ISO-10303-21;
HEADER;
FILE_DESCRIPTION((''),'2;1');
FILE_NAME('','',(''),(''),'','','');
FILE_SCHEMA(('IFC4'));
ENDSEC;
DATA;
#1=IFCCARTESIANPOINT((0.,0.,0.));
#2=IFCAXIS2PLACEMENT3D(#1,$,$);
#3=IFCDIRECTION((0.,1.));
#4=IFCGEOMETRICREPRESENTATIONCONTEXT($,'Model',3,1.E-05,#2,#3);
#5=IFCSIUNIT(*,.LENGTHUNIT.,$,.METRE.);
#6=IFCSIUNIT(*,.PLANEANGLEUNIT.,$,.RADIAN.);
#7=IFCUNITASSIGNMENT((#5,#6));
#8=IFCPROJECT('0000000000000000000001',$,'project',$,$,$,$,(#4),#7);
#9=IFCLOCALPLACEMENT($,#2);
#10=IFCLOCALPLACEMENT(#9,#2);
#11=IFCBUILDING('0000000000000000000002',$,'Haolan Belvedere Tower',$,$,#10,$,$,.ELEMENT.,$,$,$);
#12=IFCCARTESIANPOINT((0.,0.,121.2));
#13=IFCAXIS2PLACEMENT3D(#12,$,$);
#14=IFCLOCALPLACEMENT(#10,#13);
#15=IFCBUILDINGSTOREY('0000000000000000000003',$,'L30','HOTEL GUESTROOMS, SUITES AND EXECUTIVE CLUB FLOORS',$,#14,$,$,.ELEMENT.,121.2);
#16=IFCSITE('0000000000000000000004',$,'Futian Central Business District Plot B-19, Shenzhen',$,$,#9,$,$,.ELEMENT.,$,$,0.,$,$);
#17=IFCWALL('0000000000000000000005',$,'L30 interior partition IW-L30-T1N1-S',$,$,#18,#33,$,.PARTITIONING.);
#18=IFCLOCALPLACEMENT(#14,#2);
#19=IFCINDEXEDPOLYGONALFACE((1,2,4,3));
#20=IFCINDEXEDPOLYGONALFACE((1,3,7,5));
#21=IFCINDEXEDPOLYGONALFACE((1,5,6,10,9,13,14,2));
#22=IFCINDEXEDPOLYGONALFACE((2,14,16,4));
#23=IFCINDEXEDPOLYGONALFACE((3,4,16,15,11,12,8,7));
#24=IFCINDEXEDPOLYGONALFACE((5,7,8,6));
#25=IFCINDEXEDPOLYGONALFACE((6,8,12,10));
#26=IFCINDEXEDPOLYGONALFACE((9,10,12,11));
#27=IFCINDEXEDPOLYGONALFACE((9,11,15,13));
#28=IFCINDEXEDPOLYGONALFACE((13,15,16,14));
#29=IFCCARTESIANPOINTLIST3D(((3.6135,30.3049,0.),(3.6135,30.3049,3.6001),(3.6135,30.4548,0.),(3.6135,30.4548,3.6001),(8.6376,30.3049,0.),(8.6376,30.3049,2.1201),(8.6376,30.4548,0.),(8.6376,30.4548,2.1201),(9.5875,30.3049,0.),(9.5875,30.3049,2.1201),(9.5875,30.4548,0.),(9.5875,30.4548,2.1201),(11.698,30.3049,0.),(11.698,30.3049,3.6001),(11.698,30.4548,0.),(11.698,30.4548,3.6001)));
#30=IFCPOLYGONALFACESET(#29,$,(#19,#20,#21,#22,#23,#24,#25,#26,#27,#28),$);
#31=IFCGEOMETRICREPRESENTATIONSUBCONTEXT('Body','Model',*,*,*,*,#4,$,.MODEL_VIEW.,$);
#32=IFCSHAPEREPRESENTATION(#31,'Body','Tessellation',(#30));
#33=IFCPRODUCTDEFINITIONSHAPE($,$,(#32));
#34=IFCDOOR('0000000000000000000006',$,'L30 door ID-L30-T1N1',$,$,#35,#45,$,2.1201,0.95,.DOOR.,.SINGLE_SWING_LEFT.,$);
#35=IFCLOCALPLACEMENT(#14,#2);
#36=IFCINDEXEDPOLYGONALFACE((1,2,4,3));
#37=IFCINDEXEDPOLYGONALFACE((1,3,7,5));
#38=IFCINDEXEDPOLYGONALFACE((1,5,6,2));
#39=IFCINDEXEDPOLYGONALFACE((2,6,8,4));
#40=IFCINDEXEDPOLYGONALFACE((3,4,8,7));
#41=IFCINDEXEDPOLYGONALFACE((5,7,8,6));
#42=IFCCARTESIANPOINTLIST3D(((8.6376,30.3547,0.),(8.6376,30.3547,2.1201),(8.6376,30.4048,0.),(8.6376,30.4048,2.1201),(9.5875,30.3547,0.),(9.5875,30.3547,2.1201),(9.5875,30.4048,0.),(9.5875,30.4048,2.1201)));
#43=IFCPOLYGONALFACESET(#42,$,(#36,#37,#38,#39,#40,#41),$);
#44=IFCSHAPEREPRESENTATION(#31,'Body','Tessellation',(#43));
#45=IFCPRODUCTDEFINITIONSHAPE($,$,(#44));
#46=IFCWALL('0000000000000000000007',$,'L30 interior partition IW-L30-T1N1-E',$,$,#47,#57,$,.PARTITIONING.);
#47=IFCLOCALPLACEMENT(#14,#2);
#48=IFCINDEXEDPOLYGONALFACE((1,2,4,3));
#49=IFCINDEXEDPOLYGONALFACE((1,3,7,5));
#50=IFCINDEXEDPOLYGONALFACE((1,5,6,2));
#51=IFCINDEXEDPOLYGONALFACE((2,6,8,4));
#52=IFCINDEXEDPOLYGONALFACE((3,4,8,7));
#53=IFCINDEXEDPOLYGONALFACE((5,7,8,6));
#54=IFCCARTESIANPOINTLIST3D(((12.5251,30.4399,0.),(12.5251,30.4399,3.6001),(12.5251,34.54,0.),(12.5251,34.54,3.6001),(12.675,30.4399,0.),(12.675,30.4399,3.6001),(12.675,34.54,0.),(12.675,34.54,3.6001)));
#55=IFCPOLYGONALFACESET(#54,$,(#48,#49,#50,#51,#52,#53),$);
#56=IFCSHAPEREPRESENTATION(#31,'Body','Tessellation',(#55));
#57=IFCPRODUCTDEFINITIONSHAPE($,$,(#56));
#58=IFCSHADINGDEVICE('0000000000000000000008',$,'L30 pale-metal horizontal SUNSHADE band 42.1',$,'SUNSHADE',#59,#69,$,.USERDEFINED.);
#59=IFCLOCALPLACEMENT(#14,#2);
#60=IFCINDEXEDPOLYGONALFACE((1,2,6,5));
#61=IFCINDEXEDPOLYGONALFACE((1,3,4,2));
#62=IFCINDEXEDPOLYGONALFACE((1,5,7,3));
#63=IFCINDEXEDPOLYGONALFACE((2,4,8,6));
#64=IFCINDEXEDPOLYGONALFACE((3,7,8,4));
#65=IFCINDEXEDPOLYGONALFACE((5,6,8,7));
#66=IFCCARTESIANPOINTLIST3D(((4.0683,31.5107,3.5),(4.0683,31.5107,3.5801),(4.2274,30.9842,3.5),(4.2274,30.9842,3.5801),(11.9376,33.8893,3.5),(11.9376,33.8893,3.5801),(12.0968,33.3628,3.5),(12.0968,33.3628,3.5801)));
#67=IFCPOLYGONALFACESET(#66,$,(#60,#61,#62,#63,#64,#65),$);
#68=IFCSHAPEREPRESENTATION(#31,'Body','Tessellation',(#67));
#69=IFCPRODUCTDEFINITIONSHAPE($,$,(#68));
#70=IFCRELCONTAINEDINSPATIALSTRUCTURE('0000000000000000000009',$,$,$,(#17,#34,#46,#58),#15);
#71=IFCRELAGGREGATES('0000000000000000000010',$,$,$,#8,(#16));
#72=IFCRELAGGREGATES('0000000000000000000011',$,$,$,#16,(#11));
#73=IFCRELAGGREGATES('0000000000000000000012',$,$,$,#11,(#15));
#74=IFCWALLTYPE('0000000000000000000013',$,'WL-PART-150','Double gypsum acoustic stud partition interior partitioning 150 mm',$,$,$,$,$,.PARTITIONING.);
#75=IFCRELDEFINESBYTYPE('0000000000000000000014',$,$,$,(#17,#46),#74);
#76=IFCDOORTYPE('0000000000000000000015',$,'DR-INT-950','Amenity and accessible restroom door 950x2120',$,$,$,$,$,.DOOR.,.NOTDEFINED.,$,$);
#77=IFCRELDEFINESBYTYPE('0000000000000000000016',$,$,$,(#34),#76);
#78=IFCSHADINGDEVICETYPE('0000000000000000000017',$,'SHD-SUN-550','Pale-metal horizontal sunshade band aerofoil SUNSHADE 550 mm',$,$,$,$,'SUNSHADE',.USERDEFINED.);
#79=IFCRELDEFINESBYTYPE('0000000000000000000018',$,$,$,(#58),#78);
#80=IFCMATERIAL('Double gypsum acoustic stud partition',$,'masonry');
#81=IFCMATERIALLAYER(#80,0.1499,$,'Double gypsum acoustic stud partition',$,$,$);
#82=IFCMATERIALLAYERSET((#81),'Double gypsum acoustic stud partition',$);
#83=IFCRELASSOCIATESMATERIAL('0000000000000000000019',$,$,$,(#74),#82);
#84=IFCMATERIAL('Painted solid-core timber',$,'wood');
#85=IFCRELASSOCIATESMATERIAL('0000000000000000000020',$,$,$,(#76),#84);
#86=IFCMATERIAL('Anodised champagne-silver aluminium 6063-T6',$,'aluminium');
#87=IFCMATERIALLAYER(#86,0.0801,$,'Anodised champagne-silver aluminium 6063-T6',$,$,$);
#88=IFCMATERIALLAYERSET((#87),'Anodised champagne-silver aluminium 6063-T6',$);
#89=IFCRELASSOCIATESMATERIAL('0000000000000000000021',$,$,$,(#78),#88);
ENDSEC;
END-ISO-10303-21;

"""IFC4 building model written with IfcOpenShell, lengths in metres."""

from ifc_helpers import new_model, si_unit, direction, frame, frame_2d, origin, origin_2d, place, context, subcontext, project, spatial, rectangle, extrude, material, layer, layer_set, type_object, element, fill, save


model = new_model("IFC4")

# Units and contexts
model_context = context("Model", 3, precision=1e-05, world=origin(), true_north=direction((0.0, 1.0)))
body_context = subcontext(model_context, "Body", "Model", "MODEL_VIEW")
ifc_project = project(units=[si_unit("LENGTHUNIT", "METRE"), si_unit("PLANEANGLEUNIT", "RADIAN")], contexts=[model_context])

# Site, building, storey
site_placement = place(None, origin())
site = spatial("IfcSite", under=ifc_project, at=site_placement, Name="Futian Central Business District Plot B-19, Shenzhen", CompositionType="ELEMENT", RefElevation=0.0)
building_placement = place(site_placement, origin())
building = spatial("IfcBuilding", under=site, at=building_placement, Name="Haolan Belvedere Tower", CompositionType="ELEMENT")
storey_placement = place(building_placement, frame((0.0, 0.0, 121.2)))
storey = spatial("IfcBuildingStorey", under=building, at=storey_placement, Name="L30", Description="HOTEL GUESTROOMS, SUITES AND EXECUTIVE CLUB FLOORS", CompositionType="ELEMENT", Elevation=121.2)

# Shared definitions
ifc_material_1 = material(Name="Double gypsum acoustic stud partition", Category="masonry")
ifc_layer_1 = layer(ifc_material_1, 0.1499, Name="Double gypsum acoustic stud partition")
ifc_layer_set_1 = layer_set([ifc_layer_1], Name="Double gypsum acoustic stud partition")
wall_type_1 = type_object("IfcWallType", Name="WL-PART-150", Description="Double gypsum acoustic stud partition interior partitioning 150 mm", PredefinedType="PARTITIONING", material=ifc_layer_set_1)

# Wall, opening, door
wall_1_placement = place(storey_placement, frame((3.6135, 30.3799, 0.0), z_axis=(0.0, 0.0, 1.0), x_axis=(1.0, 0.0, 0.0)))
wall_1 = element("IfcWall", 1, at=wall_1_placement, inside=storey, type_object=wall_type_1, Name="L30 interior partition IW-L30-T1N1-S", PredefinedType="PARTITIONING", context=body_context, shape_type="SweptSolid", body=[
    extrude(rectangle(XDim=8.0845, YDim=0.1499, at=frame_2d((4.0422, 0.0))), origin(), (0.0, 0.0, 1.0), 3.6001),
])
opening_1_placement = place(wall_1_placement, frame((5.0239, 0.0, 0.0)))
opening_1 = element("IfcOpeningElement", 2, at=opening_1_placement, cuts=wall_1, PredefinedType="OPENING", context=body_context, shape_type="SweptSolid", body=[
    extrude(rectangle(XDim=0.95, YDim=2.1201, at=frame_2d((0.4751, 1.0601))), frame((0.0, 0.085, 0.0), z_axis=(0.0, -1.0, 0.0), x_axis=(1.0, 0.0, 0.0)), (0.0, 0.0, 1.0), 0.1699),
])
ifc_material_2 = material(Name="Painted solid-core timber", Category="wood")
door_type_1 = type_object("IfcDoorType", Name="DR-INT-950", Description="Amenity and accessible restroom door 950x2120", OperationType="NOTDEFINED", PredefinedType="DOOR", material=ifc_material_2)
door_1_placement = place(opening_1_placement, origin())
door_1 = element("IfcDoor", 3, at=door_1_placement, inside=storey, type_object=door_type_1, Name="L30 door ID-L30-T1N1", OperationType="SINGLE_SWING_LEFT", OverallHeight=2.1201, OverallWidth=0.95, PredefinedType="DOOR", context=body_context, shape_type="SweptSolid", body=[
    extrude(rectangle(XDim=0.95, YDim=2.1201, at=frame_2d((0.4751, 1.0601))), frame((0.0, 0.0249, 0.0), z_axis=(0.0, -1.0, 0.0), x_axis=(1.0, 0.0, 0.0)), (0.0, 0.0, 1.0), 0.05),
])
fill(opening_1, door_1)

# Wall
wall_2_placement = place(storey_placement, frame((12.6001, 30.4399, 0.0), z_axis=(0.0, 0.0, 1.0), x_axis=(0.0, 1.0, 0.0)))
element("IfcWall", 4, at=wall_2_placement, inside=storey, type_object=wall_type_1, Name="L30 interior partition IW-L30-T1N1-E", PredefinedType="PARTITIONING", context=body_context, shape_type="SweptSolid", body=[
    extrude(rectangle(XDim=4.1001, YDim=0.1499, at=frame_2d((2.05, 0.0))), origin(), (0.0, 0.0, 1.0), 3.6001),
])

# Shading device
ifc_material_3 = material(Name="Anodised champagne-silver aluminium 6063-T6", Category="aluminium")
ifc_layer_2 = layer(ifc_material_3, 0.0801, Name="Anodised champagne-silver aluminium 6063-T6")
ifc_layer_set_2 = layer_set([ifc_layer_2], Name="Anodised champagne-silver aluminium 6063-T6")
shading_device_type = type_object("IfcShadingDeviceType", Name="SHD-SUN-550", Description="Pale-metal horizontal sunshade band aerofoil SUNSHADE 550 mm", ElementType="SUNSHADE", PredefinedType="USERDEFINED", material=ifc_layer_set_2)
shading_device_placement = place(storey_placement, frame((8.0825, 32.4368, 3.5), z_axis=(0.0, 0.0, 1.0), x_axis=(-0.957229, -0.289333, 0.0)))
element("IfcShadingDevice", 5, at=shading_device_placement, inside=storey, type_object=shading_device_type, Name="L30 pale-metal horizontal SUNSHADE band 42.1", ObjectType="SUNSHADE", PredefinedType="USERDEFINED", context=body_context, shape_type="SweptSolid", body=[
    extrude(rectangle(XDim=8.2209, YDim=0.55, at=origin_2d()), origin(), (0.0, 0.0, 1.0), 0.0801),
])

save(model, "model.ifc")
